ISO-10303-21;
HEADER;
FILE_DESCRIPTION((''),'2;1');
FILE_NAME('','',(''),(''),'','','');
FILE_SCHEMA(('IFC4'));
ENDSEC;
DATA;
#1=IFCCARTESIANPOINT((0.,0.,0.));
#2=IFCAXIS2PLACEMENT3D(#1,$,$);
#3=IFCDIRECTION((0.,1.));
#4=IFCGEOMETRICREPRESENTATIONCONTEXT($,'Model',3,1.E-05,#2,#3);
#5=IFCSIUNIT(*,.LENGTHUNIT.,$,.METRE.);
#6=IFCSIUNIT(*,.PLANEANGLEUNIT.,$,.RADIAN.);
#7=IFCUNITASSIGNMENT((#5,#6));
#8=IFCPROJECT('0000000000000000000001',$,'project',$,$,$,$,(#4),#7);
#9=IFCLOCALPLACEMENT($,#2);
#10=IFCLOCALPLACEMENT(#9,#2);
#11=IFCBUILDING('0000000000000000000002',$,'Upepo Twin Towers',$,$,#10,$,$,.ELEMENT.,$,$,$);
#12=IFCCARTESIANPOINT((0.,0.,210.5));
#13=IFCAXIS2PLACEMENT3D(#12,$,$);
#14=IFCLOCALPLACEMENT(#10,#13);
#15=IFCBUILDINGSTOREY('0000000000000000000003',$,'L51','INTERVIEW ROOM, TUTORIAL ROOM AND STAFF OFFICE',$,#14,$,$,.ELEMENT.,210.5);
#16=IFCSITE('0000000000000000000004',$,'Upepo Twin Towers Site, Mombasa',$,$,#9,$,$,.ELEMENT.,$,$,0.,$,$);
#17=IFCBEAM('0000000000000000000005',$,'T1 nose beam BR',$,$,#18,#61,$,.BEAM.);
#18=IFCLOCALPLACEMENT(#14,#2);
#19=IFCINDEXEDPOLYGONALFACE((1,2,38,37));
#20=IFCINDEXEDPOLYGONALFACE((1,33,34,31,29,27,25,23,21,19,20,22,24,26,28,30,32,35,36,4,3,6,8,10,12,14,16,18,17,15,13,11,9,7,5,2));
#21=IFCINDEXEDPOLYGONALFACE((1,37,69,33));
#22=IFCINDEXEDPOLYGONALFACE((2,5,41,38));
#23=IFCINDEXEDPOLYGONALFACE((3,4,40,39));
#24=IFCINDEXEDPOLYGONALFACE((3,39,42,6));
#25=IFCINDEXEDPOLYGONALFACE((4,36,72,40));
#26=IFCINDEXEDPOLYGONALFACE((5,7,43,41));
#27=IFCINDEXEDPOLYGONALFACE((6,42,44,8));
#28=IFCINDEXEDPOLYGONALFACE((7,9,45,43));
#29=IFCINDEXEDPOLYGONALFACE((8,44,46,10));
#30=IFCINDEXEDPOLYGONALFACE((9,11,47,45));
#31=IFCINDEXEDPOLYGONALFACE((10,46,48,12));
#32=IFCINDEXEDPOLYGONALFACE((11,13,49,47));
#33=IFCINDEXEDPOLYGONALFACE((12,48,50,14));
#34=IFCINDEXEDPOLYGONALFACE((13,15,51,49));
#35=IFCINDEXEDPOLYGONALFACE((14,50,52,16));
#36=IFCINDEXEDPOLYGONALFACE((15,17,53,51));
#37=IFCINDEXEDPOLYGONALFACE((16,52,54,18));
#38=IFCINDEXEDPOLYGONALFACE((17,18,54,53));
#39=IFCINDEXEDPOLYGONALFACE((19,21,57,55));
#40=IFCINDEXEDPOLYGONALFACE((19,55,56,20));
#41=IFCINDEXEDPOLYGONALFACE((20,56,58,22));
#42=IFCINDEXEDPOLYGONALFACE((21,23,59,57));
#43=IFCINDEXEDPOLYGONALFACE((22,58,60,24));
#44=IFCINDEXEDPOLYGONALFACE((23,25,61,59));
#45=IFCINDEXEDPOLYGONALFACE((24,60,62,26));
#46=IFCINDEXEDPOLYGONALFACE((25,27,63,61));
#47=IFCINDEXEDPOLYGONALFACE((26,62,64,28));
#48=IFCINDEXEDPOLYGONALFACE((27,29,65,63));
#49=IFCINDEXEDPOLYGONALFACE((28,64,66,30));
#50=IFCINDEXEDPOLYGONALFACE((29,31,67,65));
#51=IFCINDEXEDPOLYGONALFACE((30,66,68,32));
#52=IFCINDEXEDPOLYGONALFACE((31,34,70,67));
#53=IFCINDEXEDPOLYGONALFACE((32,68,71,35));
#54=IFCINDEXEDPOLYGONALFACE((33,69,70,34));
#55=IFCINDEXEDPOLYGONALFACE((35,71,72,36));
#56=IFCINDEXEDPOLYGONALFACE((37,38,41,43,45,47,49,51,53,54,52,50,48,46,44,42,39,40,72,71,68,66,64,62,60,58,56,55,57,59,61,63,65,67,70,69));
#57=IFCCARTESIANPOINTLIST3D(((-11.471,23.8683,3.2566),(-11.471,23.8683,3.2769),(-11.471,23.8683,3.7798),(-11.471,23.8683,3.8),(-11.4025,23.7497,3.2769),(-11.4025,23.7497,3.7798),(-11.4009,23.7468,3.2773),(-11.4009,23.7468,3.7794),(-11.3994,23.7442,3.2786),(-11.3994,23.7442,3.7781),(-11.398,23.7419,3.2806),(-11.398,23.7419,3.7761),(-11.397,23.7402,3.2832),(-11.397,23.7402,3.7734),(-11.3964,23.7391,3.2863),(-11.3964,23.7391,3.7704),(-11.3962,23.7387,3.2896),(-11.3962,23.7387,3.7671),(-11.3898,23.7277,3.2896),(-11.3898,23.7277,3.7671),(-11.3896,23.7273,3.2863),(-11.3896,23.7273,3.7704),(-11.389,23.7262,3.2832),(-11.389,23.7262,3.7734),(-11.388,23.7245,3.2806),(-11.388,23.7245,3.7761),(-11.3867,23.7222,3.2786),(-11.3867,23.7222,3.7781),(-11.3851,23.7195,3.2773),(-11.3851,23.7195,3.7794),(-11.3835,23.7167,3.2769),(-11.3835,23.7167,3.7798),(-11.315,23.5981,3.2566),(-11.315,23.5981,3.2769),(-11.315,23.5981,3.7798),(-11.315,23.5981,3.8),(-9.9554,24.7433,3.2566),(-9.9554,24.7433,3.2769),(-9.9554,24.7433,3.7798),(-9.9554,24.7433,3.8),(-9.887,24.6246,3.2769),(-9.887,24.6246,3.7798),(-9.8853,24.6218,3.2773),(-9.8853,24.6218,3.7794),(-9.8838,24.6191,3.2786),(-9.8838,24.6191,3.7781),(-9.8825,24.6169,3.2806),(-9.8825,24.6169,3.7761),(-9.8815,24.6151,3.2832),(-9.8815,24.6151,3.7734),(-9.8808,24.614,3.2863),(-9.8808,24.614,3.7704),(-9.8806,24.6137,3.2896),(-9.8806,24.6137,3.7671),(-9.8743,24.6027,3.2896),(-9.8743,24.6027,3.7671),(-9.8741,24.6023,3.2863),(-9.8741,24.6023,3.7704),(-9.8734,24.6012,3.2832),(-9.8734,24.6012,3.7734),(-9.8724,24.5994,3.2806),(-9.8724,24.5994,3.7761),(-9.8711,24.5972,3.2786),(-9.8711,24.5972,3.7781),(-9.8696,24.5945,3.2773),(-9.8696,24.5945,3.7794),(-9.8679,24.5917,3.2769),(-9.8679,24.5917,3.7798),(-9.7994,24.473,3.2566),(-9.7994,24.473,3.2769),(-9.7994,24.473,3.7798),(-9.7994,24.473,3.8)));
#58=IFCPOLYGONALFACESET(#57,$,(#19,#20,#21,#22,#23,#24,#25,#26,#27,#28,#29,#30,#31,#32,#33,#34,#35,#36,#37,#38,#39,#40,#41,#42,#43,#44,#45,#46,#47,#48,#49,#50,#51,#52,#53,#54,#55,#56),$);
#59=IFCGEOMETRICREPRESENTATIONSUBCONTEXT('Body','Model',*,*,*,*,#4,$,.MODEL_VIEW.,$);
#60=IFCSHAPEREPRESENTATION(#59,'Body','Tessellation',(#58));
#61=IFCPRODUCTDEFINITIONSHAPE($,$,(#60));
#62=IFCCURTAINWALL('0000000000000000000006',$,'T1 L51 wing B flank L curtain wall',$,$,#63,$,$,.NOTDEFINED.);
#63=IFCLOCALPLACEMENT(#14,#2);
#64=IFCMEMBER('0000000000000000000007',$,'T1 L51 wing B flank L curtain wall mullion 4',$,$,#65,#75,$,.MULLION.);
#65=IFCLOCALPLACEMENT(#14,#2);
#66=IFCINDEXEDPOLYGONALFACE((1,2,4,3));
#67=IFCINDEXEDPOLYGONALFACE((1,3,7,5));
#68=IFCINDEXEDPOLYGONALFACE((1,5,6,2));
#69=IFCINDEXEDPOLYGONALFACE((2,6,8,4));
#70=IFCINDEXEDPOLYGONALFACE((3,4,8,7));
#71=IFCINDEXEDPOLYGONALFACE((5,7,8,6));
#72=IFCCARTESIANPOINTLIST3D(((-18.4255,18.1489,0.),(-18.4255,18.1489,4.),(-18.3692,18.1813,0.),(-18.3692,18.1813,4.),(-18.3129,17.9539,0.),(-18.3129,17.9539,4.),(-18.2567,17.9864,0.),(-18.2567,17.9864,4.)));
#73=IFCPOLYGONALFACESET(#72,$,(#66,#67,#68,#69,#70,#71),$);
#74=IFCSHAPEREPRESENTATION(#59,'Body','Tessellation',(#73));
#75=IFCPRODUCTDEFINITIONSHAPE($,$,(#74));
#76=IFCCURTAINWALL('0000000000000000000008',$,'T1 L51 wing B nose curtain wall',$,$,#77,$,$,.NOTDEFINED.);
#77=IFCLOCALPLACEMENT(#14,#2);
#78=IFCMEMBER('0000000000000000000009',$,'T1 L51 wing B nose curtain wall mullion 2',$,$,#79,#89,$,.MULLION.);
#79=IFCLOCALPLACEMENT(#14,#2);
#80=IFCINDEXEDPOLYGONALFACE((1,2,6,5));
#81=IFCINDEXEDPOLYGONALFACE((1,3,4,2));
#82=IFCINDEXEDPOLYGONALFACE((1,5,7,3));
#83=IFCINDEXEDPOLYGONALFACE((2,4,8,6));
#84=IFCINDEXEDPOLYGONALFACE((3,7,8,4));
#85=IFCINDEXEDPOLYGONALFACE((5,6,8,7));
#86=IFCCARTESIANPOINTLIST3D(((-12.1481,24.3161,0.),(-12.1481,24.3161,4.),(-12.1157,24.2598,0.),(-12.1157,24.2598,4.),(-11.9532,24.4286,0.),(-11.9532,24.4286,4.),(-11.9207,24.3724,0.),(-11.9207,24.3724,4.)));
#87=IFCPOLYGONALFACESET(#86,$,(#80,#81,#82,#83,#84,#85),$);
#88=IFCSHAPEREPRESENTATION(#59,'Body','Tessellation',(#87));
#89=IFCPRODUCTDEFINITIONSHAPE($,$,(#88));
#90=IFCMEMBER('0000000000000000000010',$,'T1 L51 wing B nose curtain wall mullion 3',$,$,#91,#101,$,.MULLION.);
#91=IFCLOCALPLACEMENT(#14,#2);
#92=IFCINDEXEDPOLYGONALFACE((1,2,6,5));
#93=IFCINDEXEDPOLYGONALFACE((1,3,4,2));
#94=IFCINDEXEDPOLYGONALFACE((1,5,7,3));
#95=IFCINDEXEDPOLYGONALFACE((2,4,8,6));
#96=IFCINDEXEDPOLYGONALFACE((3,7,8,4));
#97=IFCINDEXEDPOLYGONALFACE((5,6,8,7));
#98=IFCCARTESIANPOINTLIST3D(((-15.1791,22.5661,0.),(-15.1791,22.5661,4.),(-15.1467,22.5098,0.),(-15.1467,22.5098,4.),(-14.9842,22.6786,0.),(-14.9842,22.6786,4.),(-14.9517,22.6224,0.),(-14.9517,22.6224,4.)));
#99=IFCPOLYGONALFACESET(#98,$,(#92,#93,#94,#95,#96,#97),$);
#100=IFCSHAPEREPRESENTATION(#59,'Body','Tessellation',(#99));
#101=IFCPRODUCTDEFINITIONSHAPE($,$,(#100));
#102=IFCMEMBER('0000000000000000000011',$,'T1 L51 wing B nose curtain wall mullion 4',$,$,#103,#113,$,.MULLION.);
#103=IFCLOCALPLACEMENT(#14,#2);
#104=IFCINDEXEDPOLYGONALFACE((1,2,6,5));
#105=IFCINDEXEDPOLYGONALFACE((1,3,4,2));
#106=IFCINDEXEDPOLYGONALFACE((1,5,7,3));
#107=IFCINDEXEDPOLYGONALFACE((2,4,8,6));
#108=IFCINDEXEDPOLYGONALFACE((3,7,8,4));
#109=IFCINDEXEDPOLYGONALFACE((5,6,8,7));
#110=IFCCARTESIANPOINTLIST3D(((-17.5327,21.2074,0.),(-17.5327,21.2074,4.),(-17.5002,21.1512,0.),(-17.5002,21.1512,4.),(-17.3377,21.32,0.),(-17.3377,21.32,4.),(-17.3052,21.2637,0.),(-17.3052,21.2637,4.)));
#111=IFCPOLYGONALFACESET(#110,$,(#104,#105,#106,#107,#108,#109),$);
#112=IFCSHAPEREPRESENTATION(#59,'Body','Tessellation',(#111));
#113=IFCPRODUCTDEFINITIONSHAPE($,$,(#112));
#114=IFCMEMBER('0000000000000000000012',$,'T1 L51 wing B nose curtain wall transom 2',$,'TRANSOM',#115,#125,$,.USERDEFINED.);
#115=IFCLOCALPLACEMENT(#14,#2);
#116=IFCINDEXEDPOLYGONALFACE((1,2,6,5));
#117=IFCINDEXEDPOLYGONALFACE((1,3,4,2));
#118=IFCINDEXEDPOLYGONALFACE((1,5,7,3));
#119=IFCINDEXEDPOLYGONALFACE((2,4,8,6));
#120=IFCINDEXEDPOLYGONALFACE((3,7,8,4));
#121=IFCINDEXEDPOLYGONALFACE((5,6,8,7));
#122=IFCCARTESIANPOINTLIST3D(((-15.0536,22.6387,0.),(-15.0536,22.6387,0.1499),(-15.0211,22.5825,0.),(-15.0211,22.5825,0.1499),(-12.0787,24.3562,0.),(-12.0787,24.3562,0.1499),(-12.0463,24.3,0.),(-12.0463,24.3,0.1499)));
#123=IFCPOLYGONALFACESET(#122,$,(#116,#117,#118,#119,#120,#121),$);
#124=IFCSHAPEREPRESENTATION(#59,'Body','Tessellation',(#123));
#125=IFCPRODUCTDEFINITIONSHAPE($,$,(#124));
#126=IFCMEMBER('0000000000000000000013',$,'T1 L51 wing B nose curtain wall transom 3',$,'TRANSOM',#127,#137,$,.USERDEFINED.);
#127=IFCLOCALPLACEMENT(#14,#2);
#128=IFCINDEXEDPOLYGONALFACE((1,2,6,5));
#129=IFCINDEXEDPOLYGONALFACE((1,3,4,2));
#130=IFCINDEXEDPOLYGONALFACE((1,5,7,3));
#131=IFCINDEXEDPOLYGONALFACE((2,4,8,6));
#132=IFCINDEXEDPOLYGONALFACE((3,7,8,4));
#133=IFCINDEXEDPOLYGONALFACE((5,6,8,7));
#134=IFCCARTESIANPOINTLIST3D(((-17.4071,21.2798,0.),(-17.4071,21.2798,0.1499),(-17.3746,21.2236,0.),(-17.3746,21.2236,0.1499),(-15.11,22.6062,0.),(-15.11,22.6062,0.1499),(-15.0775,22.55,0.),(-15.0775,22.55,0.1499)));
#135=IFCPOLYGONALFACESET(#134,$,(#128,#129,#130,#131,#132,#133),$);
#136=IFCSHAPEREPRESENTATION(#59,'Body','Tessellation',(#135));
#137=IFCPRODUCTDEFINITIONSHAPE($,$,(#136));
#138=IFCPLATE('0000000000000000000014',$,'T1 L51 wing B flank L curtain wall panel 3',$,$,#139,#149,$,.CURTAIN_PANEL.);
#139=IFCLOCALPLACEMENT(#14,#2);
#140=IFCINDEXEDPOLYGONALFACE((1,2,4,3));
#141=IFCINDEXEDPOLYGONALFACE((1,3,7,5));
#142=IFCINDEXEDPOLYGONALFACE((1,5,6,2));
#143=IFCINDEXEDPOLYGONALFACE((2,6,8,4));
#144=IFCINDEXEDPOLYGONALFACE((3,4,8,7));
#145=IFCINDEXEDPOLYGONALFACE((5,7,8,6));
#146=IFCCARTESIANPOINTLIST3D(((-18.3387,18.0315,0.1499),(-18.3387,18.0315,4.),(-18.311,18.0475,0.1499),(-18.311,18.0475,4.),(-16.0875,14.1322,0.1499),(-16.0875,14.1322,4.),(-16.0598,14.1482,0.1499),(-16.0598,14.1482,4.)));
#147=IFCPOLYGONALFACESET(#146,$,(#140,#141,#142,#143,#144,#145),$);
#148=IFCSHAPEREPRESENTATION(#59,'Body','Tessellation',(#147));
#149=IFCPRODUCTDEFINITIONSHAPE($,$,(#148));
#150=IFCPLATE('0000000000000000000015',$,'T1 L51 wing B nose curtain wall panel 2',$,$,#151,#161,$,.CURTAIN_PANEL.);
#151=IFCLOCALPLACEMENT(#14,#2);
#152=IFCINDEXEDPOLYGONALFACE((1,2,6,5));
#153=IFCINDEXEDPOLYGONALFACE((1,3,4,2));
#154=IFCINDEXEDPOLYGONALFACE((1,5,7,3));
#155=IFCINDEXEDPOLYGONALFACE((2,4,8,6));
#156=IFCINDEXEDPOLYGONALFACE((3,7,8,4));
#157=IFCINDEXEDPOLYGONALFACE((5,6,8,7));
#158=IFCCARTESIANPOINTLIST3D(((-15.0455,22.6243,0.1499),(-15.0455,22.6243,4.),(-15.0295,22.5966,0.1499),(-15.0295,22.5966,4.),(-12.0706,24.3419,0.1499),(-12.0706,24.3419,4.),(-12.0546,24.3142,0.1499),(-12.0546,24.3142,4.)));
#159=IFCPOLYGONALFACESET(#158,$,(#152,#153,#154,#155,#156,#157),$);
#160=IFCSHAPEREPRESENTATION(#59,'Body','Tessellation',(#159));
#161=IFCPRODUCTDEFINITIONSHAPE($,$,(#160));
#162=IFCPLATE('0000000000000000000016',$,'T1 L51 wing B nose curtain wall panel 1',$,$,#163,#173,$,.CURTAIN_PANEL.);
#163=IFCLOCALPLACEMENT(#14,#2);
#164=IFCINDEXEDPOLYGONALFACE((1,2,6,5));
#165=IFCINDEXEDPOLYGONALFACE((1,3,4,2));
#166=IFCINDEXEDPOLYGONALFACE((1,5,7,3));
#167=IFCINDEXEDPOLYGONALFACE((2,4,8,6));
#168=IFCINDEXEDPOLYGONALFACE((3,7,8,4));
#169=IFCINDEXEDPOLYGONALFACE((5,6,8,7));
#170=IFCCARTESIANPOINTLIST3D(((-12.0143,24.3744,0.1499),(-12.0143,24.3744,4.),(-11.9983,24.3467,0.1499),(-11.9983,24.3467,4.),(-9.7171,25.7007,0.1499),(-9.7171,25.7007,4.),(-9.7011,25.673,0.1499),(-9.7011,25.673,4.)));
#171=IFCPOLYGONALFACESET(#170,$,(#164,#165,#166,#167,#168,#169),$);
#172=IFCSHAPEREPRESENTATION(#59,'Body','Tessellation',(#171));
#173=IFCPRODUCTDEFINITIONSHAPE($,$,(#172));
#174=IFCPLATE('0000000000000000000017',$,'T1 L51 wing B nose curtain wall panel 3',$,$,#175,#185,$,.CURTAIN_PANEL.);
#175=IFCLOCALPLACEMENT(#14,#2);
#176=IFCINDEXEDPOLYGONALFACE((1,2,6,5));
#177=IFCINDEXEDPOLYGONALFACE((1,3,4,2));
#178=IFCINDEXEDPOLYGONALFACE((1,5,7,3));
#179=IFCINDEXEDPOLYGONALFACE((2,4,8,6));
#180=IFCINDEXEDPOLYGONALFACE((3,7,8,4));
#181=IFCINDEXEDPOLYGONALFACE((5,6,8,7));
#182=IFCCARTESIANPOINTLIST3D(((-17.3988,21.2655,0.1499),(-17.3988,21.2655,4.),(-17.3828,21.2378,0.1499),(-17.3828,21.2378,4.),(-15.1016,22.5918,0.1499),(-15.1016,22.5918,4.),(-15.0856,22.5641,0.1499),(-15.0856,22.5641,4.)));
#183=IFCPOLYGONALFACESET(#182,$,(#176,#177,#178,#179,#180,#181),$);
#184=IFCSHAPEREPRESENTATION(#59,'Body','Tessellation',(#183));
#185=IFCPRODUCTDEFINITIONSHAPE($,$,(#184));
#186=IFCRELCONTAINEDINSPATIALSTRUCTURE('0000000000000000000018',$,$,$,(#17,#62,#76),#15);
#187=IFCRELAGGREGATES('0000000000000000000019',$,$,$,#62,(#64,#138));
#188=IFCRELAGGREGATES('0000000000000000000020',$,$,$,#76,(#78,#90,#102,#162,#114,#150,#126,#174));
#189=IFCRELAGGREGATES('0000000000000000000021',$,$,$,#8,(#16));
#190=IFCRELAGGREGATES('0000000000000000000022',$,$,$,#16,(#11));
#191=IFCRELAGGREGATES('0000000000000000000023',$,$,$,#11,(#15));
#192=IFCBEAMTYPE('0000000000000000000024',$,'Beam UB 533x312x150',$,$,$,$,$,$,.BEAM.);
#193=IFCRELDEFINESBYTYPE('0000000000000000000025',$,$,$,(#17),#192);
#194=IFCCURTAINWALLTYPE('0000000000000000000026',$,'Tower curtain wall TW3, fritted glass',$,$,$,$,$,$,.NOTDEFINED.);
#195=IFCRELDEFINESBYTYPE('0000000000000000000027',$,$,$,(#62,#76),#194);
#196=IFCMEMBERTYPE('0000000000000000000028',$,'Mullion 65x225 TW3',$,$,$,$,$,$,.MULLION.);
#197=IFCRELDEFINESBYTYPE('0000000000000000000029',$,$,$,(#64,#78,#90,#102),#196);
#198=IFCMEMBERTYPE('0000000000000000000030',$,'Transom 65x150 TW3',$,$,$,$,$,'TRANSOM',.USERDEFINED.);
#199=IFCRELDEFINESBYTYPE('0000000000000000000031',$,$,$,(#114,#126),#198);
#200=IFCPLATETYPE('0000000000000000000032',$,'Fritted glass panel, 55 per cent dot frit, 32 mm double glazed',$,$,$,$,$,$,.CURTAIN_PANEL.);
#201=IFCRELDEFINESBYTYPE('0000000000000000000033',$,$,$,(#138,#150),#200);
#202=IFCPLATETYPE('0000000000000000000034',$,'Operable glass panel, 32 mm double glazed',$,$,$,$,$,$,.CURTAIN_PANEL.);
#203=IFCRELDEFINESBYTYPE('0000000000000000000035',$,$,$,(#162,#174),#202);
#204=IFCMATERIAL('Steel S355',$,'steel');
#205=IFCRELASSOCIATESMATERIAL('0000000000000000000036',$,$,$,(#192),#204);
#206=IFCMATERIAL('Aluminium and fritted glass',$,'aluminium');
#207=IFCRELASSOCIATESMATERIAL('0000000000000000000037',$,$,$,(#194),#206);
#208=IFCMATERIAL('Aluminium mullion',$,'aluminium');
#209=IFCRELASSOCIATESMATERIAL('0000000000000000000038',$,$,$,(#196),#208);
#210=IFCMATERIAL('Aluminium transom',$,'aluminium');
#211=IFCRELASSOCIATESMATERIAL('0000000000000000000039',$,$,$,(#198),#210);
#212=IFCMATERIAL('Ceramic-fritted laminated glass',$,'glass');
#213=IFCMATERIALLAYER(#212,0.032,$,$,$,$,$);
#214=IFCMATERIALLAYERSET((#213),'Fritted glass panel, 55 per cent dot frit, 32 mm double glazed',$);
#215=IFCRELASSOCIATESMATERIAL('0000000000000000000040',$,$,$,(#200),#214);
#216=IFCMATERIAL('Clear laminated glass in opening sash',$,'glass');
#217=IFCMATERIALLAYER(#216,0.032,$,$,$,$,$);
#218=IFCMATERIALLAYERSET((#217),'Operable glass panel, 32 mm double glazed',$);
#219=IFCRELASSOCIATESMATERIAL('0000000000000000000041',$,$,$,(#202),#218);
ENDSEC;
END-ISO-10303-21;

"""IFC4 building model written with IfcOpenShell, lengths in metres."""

from ifc_helpers import new_model, si_unit, direction, frame, origin, origin_2d, place, context, subcontext, project, spatial, rectangle, i_section, extrude, material, layer, layer_set, material_profile, profile_set, type_object, element, aggregate, save


model = new_model("IFC4")

# Units and contexts
model_context = context("Model", 3, precision=1e-05, world=origin(), true_north=direction((0.0, 1.0)))
body_context = subcontext(model_context, "Body", "Model", "MODEL_VIEW")
ifc_project = project(units=[si_unit("LENGTHUNIT", "METRE"), si_unit("PLANEANGLEUNIT", "RADIAN")], contexts=[model_context])

# Site, building, storey
site_placement = place(None, origin())
site = spatial("IfcSite", under=ifc_project, at=site_placement, Name="Upepo Twin Towers Site, Mombasa", CompositionType="ELEMENT", RefElevation=0.0)
building_placement = place(site_placement, origin())
building = spatial("IfcBuilding", under=site, at=building_placement, Name="Upepo Twin Towers", CompositionType="ELEMENT")
storey_placement = place(building_placement, frame((0.0, 0.0, 210.5)))
storey = spatial("IfcBuildingStorey", under=building, at=storey_placement, Name="L51", Description="INTERVIEW ROOM, TUTORIAL ROOM AND STAFF OFFICE", CompositionType="ELEMENT", Elevation=210.5)

# Beam
ifc_material_1 = material(Name="Steel S355", Category="steel")
ifc_material_profile_1 = material_profile(ifc_material_1, i_section(OverallWidth=0.312, OverallDepth=0.5435, WebThickness=0.0127, FlangeThickness=0.0203, FilletRadius=0.0127, at=origin_2d()), Name="UB 533x312x150")
ifc_profile_set_1 = profile_set([ifc_material_profile_1], Name="Steel S355")
beam_type_1 = type_object("IfcBeamType", Name="Beam UB 533x312x150", PredefinedType="BEAM", material=ifc_profile_set_1)
for number, where, z_axis, x_axis, name in (
    (1, (-9.8774, 24.6082, 3.5283), (-0.866037, -0.49998, 0.0), (0.49998, -0.866037, 0.0), "T1 nose beam BR"),
):
    element("IfcBeam", number, at=place(storey_placement, frame(where, z_axis=z_axis, x_axis=x_axis)), inside=storey, type_object=beam_type_1, Name=name, PredefinedType="BEAM", context=body_context, shape_type="SweptSolid", body=[
        extrude(i_section(OverallWidth=0.312, OverallDepth=0.5435, WebThickness=0.0127, FlangeThickness=0.0203, FilletRadius=0.0127, at=origin_2d()), origin(), (0.0, 0.0, 1.0), 1.75),
    ])

# Curtain wall, member
ifc_material_2 = material(Name="Aluminium and fritted glass", Category="aluminium")
curtain_wall_type = type_object("IfcCurtainWallType", Name="Tower curtain wall TW3, fritted glass", PredefinedType="NOTDEFINED", material=ifc_material_2)
curtain_wall_1_placement = place(storey_placement, origin())
curtain_wall_1 = element("IfcCurtainWall", 2, at=curtain_wall_1_placement, inside=storey, type_object=curtain_wall_type, Name="T1 L51 wing B flank L curtain wall", PredefinedType="NOTDEFINED")
ifc_material_3 = material(Name="Aluminium mullion", Category="aluminium")
ifc_material_profile_2 = material_profile(ifc_material_3, rectangle(XDim=0.0649, YDim=0.2251, at=origin_2d()), Name="MULLION 65x225")
ifc_profile_set_2 = profile_set([ifc_material_profile_2], Name="Aluminium mullion")
member_type_1 = type_object("IfcMemberType", Name="Mullion 65x225 TW3", PredefinedType="MULLION", material=ifc_profile_set_2)
member_1_placement = place(storey_placement, frame((-18.3411, 18.0676, 0.0), z_axis=(0.0, 0.0, 1.0), x_axis=(-0.866025, -0.5, 0.0)))
member_1 = element("IfcMember", 3, at=member_1_placement, type_object=member_type_1, Name="T1 L51 wing B flank L curtain wall mullion 4", PredefinedType="MULLION", context=body_context, shape_type="SweptSolid", body=[
    extrude(rectangle(XDim=0.0649, YDim=0.2251, at=origin_2d()), origin(), (0.0, 0.0, 1.0), 4.0),
])

# Curtain wall, members
curtain_wall_2_placement = place(storey_placement, origin())
curtain_wall_2 = element("IfcCurtainWall", 4, at=curtain_wall_2_placement, inside=storey, type_object=curtain_wall_type, Name="T1 L51 wing B nose curtain wall", PredefinedType="NOTDEFINED")
member_2_placement = place(storey_placement, frame((-12.0344, 24.3442, 0.0), z_axis=(0.0, 0.0, 1.0), x_axis=(0.5, -0.866025, 0.0)))
member_2 = element("IfcMember", 5, at=member_2_placement, type_object=member_type_1, Name="T1 L51 wing B nose curtain wall mullion 2", PredefinedType="MULLION", context=body_context, shape_type="SweptSolid", body=[
    extrude(rectangle(XDim=0.0649, YDim=0.2251, at=origin_2d()), origin(), (0.0, 0.0, 1.0), 4.0),
])
member_3_placement = place(storey_placement, frame((-15.0654, 22.5942, 0.0), z_axis=(0.0, 0.0, 1.0), x_axis=(0.5, -0.866025, 0.0)))
member_3 = element("IfcMember", 6, at=member_3_placement, type_object=member_type_1, Name="T1 L51 wing B nose curtain wall mullion 3", PredefinedType="MULLION", context=body_context, shape_type="SweptSolid", body=[
    extrude(rectangle(XDim=0.0649, YDim=0.2251, at=origin_2d()), origin(), (0.0, 0.0, 1.0), 4.0),
])
member_4_placement = place(storey_placement, frame((-17.4189, 21.2356, 0.0), z_axis=(0.0, 0.0, 1.0), x_axis=(0.5, -0.866025, 0.0)))
member_4 = element("IfcMember", 7, at=member_4_placement, type_object=member_type_1, Name="T1 L51 wing B nose curtain wall mullion 4", PredefinedType="MULLION", context=body_context, shape_type="SweptSolid", body=[
    extrude(rectangle(XDim=0.0649, YDim=0.2251, at=origin_2d()), origin(), (0.0, 0.0, 1.0), 4.0),
])
ifc_material_4 = material(Name="Aluminium transom", Category="aluminium")
ifc_material_profile_3 = material_profile(ifc_material_4, rectangle(XDim=0.0649, YDim=0.1499, at=origin_2d()), Name="TRANSOM 65x150")
ifc_profile_set_3 = profile_set([ifc_material_profile_3], Name="Aluminium transom")
member_type_2 = type_object("IfcMemberType", Name="Transom 65x150 TW3", ElementType="TRANSOM", PredefinedType="USERDEFINED", material=ifc_profile_set_3)
member_5_placement = place(storey_placement, frame((-12.0625, 24.3281, 0.075), z_axis=(-0.866026, -0.499999, 0.0), x_axis=(0.499999, -0.866026, 0.0)))
member_5 = element("IfcMember", 8, at=member_5_placement, type_object=member_type_2, Name="T1 L51 wing B nose curtain wall transom 2", ObjectType="TRANSOM", PredefinedType="USERDEFINED", context=body_context, shape_type="SweptSolid", body=[
    extrude(rectangle(XDim=0.0649, YDim=0.1499, at=origin_2d()), origin(), (0.0, 0.0, 1.0), 3.4351),
])
member_6_placement = place(storey_placement, frame((-15.0938, 22.5781, 0.075), z_axis=(-0.865997, -0.500049, 0.0), x_axis=(0.500049, -0.865997, 0.0)))
member_6 = element("IfcMember", 9, at=member_6_placement, type_object=member_type_2, Name="T1 L51 wing B nose curtain wall transom 3", ObjectType="TRANSOM", PredefinedType="USERDEFINED", context=body_context, shape_type="SweptSolid", body=[
    extrude(rectangle(XDim=0.0649, YDim=0.1499, at=origin_2d()), origin(), (0.0, 0.0, 1.0), 2.6526),
])

# Plates
ifc_material_5 = material(Name="Ceramic-fritted laminated glass", Category="glass")
ifc_layer_1 = layer(ifc_material_5, 0.032)
ifc_layer_set_1 = layer_set([ifc_layer_1], Name="Fritted glass panel, 55 per cent dot frit, 32 mm double glazed")
plate_type_1 = type_object("IfcPlateType", Name="Fritted glass panel, 55 per cent dot frit, 32 mm double glazed", PredefinedType="CURTAIN_PANEL", material=ifc_layer_set_1)
plate_1_placement = place(storey_placement, frame((-17.1992, 16.0898, 0.1499), z_axis=(0.0, 0.0, 1.0), x_axis=(-0.5, 0.866025, 0.0)))
plate_1 = element("IfcPlate", 10, at=plate_1_placement, type_object=plate_type_1, Name="T1 L51 wing B flank L curtain wall panel 3", PredefinedType="CURTAIN_PANEL", context=body_context, shape_type="SweptSolid", body=[
    extrude(rectangle(XDim=4.5024, YDim=0.032, at=origin_2d()), origin(), (0.0, 0.0, 1.0), 3.8501),
])
aggregate(curtain_wall_1, [member_1, plate_1])
plate_2_placement = place(storey_placement, frame((-13.55, 23.4692, 0.1499), z_axis=(0.0, 0.0, 1.0), x_axis=(-0.866025, -0.5, 0.0)))
plate_2 = element("IfcPlate", 11, at=plate_2_placement, type_object=plate_type_1, Name="T1 L51 wing B nose curtain wall panel 2", PredefinedType="CURTAIN_PANEL", context=body_context, shape_type="SweptSolid", body=[
    extrude(rectangle(XDim=3.4351, YDim=0.032, at=origin_2d()), origin(), (0.0, 0.0, 1.0), 3.8501),
])
ifc_material_6 = material(Name="Clear laminated glass in opening sash", Category="glass")
ifc_layer_2 = layer(ifc_material_6, 0.032)
ifc_layer_set_2 = layer_set([ifc_layer_2], Name="Operable glass panel, 32 mm double glazed")
plate_type_2 = type_object("IfcPlateType", Name="Operable glass panel, 32 mm double glazed", PredefinedType="CURTAIN_PANEL", material=ifc_layer_set_2)
plate_3_placement = place(storey_placement, frame((-10.8577, 25.0237, 0.1499), z_axis=(0.0, 0.0, 1.0), x_axis=(-0.866025, -0.5, 0.0)))
plate_3 = element("IfcPlate", 12, at=plate_3_placement, type_object=plate_type_2, Name="T1 L51 wing B nose curtain wall panel 1", PredefinedType="CURTAIN_PANEL", context=body_context, shape_type="SweptSolid", body=[
    extrude(rectangle(XDim=2.6526, YDim=0.032, at=origin_2d()), origin(), (0.0, 0.0, 1.0), 3.8501),
])
plate_4_placement = place(storey_placement, frame((-16.2422, 21.9148, 0.1499), z_axis=(0.0, 0.0, 1.0), x_axis=(-0.866025, -0.5, 0.0)))
plate_4 = element("IfcPlate", 13, at=plate_4_placement, type_object=plate_type_2, Name="T1 L51 wing B nose curtain wall panel 3", PredefinedType="CURTAIN_PANEL", context=body_context, shape_type="SweptSolid", body=[
    extrude(rectangle(XDim=2.6526, YDim=0.032, at=origin_2d()), origin(), (0.0, 0.0, 1.0), 3.8501),
])
aggregate(curtain_wall_2, [member_2, member_3, member_4, plate_3, member_5, plate_2, member_6, plate_4])

save(model, "model.ifc")
